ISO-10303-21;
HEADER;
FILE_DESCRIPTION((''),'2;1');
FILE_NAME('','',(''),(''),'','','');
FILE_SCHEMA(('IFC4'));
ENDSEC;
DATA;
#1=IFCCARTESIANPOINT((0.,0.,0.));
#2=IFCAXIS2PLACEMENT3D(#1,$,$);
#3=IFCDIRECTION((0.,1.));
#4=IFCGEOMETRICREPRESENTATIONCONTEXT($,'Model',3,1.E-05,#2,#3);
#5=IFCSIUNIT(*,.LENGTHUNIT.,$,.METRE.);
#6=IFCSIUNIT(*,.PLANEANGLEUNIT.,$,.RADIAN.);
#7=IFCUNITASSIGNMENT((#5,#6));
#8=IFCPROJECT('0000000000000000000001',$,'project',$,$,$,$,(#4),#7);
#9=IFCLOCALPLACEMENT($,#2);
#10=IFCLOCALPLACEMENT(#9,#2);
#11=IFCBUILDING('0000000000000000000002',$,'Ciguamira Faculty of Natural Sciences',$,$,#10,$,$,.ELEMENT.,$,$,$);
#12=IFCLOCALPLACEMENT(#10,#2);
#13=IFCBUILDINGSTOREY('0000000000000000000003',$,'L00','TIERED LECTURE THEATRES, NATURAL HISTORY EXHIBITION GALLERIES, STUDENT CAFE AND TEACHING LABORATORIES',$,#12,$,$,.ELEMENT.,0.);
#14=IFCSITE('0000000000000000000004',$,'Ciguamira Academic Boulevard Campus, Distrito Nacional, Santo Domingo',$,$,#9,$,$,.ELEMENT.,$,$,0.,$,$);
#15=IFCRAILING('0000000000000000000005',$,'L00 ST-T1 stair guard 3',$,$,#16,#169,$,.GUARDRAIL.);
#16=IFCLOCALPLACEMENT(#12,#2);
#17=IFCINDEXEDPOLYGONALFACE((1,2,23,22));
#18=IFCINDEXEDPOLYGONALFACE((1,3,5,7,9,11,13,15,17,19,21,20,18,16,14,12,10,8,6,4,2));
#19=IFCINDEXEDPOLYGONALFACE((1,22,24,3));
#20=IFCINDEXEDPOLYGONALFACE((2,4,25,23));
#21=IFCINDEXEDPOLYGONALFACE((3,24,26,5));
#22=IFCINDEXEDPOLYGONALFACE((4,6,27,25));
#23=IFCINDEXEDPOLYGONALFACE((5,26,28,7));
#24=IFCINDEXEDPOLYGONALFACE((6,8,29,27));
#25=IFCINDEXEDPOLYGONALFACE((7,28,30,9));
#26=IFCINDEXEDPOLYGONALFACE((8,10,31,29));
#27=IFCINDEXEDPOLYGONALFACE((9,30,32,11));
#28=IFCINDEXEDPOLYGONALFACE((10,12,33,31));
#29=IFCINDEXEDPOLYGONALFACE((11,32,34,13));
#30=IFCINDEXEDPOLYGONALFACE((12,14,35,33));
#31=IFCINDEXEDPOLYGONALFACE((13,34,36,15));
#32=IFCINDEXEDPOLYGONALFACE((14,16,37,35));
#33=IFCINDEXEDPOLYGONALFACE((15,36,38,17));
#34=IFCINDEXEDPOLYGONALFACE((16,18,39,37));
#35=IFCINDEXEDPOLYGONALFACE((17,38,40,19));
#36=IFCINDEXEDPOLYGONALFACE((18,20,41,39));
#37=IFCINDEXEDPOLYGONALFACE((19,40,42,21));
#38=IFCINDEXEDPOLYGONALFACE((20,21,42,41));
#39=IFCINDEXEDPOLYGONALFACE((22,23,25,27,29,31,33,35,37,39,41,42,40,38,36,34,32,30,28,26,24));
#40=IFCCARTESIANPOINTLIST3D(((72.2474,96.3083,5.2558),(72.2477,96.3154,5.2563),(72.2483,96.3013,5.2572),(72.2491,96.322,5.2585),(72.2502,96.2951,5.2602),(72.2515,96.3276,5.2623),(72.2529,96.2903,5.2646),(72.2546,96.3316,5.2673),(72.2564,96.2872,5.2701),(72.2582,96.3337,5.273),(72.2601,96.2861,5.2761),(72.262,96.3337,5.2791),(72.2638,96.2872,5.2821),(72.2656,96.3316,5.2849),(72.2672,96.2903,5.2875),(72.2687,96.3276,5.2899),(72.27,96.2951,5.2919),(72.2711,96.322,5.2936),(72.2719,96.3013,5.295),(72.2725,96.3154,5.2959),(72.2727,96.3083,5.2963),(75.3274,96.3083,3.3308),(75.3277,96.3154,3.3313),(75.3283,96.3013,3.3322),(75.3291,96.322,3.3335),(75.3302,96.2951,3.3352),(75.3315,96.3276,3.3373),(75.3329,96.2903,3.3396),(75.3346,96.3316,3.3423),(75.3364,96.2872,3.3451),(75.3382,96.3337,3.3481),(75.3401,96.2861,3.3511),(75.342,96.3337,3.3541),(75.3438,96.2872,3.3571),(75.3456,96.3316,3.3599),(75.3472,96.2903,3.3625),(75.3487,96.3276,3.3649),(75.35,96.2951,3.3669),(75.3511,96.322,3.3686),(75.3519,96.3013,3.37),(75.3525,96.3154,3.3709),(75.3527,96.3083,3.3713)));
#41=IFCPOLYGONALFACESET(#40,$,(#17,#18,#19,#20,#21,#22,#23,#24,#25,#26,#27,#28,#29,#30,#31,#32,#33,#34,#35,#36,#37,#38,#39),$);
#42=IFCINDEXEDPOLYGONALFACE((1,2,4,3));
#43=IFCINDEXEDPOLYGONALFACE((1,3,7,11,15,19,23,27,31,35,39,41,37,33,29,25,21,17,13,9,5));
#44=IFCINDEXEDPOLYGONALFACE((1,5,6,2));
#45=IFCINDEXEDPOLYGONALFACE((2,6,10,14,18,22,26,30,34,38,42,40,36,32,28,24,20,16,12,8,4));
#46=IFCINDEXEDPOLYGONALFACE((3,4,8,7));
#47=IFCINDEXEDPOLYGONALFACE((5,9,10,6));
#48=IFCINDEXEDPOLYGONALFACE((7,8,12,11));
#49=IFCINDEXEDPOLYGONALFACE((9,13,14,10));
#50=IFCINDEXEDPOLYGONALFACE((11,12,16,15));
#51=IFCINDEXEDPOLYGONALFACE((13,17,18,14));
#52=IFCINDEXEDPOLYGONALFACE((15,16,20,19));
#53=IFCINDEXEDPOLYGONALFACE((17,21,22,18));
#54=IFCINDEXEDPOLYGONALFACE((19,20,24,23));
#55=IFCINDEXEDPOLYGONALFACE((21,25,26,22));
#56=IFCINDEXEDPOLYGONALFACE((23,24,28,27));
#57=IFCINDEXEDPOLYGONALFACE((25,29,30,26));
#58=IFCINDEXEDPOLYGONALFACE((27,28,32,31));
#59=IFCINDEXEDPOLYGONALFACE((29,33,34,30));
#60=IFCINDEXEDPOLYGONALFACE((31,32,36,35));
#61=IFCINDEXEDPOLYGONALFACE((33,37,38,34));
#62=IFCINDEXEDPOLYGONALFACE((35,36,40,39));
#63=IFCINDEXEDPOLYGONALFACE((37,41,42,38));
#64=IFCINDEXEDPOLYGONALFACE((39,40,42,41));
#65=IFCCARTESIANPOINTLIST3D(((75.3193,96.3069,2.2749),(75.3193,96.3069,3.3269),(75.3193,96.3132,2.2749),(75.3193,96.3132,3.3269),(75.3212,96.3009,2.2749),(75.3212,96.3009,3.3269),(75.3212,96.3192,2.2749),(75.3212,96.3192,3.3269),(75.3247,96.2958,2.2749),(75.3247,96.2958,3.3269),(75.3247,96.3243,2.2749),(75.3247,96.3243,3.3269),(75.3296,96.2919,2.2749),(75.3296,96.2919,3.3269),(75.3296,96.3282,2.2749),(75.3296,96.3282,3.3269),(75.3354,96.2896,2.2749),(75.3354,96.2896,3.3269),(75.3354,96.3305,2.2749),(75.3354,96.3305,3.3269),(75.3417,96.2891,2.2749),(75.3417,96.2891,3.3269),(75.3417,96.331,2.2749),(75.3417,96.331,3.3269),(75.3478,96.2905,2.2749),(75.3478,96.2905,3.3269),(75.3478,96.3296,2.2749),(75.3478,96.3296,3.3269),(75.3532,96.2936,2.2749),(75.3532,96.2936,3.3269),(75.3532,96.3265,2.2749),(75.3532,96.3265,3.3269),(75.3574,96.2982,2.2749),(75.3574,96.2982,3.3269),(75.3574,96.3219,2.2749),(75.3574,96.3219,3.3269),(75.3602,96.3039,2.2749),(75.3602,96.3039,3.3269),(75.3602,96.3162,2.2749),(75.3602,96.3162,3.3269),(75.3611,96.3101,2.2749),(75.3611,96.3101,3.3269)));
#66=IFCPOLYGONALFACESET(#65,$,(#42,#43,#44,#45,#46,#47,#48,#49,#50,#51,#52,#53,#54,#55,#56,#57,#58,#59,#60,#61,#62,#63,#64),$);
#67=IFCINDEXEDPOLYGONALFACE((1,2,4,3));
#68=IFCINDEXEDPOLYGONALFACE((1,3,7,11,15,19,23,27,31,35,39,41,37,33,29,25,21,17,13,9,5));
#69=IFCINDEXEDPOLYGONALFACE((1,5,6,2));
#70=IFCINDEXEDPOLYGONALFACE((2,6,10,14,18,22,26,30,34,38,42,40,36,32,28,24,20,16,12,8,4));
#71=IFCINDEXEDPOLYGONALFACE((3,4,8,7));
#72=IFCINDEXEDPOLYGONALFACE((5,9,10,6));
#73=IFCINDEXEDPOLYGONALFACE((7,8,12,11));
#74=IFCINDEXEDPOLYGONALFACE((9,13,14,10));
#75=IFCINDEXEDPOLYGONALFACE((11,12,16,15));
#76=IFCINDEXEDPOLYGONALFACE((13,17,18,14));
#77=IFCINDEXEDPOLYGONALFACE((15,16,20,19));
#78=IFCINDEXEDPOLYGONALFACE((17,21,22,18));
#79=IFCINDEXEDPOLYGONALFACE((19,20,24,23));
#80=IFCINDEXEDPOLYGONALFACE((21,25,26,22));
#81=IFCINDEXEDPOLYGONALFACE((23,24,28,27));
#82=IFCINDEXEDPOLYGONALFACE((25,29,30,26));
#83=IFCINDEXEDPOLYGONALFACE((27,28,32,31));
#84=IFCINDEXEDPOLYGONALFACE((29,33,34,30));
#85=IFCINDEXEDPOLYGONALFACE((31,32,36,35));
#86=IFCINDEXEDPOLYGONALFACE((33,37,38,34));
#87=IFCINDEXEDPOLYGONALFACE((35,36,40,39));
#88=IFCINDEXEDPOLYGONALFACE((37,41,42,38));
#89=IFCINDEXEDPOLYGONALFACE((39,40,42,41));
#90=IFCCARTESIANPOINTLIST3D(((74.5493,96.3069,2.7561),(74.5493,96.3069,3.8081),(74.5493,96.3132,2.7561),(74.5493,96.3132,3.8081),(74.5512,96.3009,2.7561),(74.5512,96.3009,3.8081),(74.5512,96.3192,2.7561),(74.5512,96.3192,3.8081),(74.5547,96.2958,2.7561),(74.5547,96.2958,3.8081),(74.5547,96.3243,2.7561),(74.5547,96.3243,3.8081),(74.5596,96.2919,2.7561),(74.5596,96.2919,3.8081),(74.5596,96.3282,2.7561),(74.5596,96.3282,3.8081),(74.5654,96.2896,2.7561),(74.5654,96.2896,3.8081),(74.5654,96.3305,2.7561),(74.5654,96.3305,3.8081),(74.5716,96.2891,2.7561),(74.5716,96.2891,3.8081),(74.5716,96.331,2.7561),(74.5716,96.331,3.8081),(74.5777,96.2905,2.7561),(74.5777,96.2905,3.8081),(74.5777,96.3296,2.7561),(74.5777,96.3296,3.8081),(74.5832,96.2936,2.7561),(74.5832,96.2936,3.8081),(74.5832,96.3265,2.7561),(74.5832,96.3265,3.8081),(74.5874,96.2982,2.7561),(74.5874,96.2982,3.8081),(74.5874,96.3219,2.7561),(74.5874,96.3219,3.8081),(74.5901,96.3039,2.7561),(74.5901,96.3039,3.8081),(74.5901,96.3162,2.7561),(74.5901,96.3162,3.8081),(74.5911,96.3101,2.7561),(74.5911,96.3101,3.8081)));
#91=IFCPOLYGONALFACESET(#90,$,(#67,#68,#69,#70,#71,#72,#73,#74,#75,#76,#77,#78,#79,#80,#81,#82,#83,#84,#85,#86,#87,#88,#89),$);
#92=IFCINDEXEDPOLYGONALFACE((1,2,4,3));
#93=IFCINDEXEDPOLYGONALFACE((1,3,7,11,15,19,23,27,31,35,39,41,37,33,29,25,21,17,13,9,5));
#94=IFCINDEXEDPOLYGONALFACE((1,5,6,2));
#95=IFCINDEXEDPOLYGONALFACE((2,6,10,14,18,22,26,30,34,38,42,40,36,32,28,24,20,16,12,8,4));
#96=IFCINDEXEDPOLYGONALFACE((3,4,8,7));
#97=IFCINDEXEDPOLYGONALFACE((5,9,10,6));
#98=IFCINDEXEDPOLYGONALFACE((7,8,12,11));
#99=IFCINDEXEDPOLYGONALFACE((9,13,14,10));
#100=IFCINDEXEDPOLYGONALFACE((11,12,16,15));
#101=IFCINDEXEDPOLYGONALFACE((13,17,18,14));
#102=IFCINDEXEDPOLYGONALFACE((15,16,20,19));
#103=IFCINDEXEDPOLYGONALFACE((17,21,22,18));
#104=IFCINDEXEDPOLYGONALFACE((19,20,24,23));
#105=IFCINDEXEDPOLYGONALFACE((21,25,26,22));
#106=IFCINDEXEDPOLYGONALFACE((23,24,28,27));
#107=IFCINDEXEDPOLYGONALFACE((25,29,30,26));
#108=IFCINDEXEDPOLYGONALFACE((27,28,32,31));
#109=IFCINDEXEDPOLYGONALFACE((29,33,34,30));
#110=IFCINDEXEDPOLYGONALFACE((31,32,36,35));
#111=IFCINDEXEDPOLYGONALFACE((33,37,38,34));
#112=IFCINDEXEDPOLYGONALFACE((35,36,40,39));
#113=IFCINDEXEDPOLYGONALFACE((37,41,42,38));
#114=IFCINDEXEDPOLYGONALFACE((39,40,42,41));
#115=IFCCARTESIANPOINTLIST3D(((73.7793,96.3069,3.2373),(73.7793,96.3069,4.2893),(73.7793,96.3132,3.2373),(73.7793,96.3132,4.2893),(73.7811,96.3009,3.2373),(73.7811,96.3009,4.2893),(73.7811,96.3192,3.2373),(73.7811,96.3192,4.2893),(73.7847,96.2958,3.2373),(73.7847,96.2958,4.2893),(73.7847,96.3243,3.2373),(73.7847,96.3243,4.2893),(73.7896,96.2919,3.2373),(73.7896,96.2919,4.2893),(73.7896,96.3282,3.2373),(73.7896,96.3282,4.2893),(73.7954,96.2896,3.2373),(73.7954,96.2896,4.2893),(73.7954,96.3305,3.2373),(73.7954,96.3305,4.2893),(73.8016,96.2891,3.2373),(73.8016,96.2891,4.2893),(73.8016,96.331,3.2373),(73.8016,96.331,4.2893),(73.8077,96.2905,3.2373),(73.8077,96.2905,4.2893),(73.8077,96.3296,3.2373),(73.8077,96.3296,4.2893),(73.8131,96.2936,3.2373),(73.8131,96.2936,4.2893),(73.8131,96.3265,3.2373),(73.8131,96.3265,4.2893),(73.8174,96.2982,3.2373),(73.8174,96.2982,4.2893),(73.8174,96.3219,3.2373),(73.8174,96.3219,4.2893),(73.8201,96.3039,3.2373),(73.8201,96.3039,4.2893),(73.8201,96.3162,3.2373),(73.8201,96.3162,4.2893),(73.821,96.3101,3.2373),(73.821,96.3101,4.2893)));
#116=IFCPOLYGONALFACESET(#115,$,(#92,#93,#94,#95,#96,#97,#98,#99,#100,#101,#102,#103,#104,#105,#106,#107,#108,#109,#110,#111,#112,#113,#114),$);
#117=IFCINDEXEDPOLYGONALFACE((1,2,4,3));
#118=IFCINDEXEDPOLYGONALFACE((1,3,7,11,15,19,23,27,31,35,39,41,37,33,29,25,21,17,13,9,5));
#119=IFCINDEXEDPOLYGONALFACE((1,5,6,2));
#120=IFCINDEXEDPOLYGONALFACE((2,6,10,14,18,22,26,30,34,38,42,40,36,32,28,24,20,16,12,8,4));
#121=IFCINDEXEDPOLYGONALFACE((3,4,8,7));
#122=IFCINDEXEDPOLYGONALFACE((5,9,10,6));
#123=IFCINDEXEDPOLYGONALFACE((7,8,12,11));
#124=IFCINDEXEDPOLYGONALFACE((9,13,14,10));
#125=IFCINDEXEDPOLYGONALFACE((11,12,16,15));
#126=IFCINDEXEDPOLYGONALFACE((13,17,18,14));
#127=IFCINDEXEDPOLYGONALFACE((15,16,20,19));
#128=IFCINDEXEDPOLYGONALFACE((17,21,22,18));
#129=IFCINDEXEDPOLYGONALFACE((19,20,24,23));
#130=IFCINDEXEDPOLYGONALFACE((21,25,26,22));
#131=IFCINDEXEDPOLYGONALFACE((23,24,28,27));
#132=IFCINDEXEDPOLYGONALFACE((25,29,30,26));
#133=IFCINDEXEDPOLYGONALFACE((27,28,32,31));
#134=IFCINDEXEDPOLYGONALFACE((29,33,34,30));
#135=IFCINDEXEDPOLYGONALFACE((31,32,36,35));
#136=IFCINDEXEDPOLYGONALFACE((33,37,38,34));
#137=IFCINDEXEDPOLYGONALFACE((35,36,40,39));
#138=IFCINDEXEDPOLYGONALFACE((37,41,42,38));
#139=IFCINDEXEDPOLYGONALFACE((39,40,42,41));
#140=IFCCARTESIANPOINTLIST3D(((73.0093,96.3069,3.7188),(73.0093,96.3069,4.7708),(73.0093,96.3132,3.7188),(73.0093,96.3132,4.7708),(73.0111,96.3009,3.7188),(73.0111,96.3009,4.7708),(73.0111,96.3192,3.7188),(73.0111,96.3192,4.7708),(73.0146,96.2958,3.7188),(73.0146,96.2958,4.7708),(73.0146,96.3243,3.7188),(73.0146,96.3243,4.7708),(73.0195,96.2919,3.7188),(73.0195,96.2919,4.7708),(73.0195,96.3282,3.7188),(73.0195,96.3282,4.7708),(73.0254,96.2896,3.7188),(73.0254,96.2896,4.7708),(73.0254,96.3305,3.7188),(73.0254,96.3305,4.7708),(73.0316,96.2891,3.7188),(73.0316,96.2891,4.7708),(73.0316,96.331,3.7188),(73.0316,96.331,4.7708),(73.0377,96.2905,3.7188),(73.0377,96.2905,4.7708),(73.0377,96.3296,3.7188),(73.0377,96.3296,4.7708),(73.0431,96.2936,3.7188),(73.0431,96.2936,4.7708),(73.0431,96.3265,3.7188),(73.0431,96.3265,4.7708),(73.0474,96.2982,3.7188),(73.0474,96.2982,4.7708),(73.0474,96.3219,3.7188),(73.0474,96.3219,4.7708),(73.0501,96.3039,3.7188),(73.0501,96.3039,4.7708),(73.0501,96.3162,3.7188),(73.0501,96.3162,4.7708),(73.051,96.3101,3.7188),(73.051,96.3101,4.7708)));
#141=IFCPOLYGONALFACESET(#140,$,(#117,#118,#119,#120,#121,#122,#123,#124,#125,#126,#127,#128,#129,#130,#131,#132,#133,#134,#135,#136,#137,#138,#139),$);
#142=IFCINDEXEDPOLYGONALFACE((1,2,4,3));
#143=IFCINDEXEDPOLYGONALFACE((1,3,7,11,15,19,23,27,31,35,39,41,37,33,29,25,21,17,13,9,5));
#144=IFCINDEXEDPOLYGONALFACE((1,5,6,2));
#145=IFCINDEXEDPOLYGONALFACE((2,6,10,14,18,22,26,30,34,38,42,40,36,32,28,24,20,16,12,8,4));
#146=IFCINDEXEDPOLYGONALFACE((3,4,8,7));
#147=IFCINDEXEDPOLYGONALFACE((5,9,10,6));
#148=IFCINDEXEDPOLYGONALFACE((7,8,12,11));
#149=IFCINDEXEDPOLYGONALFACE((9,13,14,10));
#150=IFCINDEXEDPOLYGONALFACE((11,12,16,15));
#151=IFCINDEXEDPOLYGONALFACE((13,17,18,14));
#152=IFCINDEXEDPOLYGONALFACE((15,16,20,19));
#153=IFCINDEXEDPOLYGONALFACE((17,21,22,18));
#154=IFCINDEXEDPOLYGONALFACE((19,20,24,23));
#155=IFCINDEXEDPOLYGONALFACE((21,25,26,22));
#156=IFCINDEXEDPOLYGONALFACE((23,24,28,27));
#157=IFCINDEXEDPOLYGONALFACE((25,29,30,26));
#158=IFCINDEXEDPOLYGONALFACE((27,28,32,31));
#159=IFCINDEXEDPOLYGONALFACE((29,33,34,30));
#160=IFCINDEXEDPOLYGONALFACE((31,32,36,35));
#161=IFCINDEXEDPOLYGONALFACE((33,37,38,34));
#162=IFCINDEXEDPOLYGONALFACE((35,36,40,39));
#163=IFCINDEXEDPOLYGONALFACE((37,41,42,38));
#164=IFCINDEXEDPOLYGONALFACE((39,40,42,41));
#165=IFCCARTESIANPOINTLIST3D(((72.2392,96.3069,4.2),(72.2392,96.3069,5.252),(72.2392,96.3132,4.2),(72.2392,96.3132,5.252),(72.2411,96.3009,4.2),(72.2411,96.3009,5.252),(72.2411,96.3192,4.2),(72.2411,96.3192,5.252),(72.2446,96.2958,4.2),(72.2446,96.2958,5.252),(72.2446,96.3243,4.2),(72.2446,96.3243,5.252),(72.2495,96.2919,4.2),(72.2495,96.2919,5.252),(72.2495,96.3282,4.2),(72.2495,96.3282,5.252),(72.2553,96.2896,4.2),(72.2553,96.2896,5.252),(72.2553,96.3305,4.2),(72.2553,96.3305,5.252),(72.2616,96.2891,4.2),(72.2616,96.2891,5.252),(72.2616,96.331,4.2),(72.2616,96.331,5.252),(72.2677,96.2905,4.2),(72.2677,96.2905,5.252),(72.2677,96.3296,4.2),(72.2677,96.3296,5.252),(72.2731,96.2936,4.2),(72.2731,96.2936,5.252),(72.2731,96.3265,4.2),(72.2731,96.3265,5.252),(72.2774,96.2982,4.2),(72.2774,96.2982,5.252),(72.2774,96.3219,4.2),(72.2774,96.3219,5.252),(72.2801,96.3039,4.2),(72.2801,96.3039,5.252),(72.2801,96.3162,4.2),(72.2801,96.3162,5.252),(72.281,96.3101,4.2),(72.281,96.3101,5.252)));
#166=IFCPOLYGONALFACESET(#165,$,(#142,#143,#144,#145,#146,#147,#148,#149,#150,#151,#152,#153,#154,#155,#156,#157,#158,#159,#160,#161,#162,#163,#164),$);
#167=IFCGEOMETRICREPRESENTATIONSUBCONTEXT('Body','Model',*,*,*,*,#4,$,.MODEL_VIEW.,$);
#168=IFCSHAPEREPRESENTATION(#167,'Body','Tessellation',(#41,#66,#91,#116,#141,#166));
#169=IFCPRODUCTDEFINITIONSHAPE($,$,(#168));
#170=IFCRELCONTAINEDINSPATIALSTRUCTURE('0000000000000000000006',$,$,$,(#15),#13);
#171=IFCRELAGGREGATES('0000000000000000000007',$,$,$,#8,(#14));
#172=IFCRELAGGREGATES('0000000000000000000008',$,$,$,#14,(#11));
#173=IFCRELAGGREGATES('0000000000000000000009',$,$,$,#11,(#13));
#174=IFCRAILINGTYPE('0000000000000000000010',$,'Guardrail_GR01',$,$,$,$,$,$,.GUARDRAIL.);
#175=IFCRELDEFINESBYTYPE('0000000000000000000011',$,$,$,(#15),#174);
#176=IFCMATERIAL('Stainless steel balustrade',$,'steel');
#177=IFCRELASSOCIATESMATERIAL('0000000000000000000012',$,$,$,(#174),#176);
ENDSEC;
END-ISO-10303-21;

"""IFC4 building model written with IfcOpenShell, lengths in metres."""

from ifc_helpers import new_model, si_unit, direction, frame, origin, origin_2d, place, context, subcontext, project, spatial, circle, extrude, material, type_object, element, save


model = new_model("IFC4")

# Units and contexts
model_context = context("Model", 3, precision=1e-05, world=origin(), true_north=direction((0.0, 1.0)))
body_context = subcontext(model_context, "Body", "Model", "MODEL_VIEW")
ifc_project = project(units=[si_unit("LENGTHUNIT", "METRE"), si_unit("PLANEANGLEUNIT", "RADIAN")], contexts=[model_context])

# Site, building, storey
site_placement = place(None, origin())
site = spatial("IfcSite", under=ifc_project, at=site_placement, Name="Ciguamira Academic Boulevard Campus, Distrito Nacional, Santo Domingo", CompositionType="ELEMENT", RefElevation=0.0)
building_placement = place(site_placement, origin())
building = spatial("IfcBuilding", under=site, at=building_placement, Name="Ciguamira Faculty of Natural Sciences", CompositionType="ELEMENT")
storey_placement = place(building_placement, origin())
storey = spatial("IfcBuildingStorey", under=building, at=storey_placement, Name="L00", Description="TIERED LECTURE THEATRES, NATURAL HISTORY EXHIBITION GALLERIES, STUDENT CAFE AND TEACHING LABORATORIES", CompositionType="ELEMENT", Elevation=0.0)

# Railing
ifc_material_1 = material(Name="Stainless steel balustrade", Category="steel")
railing_type_1 = type_object("IfcRailingType", Name="Guardrail_GR01", PredefinedType="GUARDRAIL", material=ifc_material_1)
railing_1_placement = place(storey_placement, frame((75.3401, 96.3101, 2.2749)))
element("IfcRailing", 1, at=railing_1_placement, inside=storey, type_object=railing_type_1, Name="L00 ST-T1 stair guard 3", PredefinedType="GUARDRAIL", context=body_context, shape_type="SweptSolid", body=[
    extrude(circle(Radius=0.0239, at=origin_2d()), frame((0.0, 0.0, 1.0762), z_axis=(-0.847998, 0.0, 0.529999), x_axis=(0.0, -1.0, 0.0)), (0.0, 0.0, 1.0), 3.6321),
    extrude(circle(Radius=0.021, at=origin_2d()), origin(), (0.0, 0.0, 1.0), 1.052),
    extrude(circle(Radius=0.021, at=origin_2d()), frame((-0.77, 0.0, 0.4812)), (0.0, 0.0, 1.0), 1.052),
    extrude(circle(Radius=0.021, at=origin_2d()), frame((-1.54, 0.0, 0.9624)), (0.0, 0.0, 1.0), 1.052),
    extrude(circle(Radius=0.021, at=origin_2d()), frame((-2.3101, 0.0, 1.4438)), (0.0, 0.0, 1.0), 1.052),
    extrude(circle(Radius=0.021, at=origin_2d()), frame((-3.0801, 0.0, 1.925)), (0.0, 0.0, 1.0), 1.052),
])

save(model, "model.ifc")
